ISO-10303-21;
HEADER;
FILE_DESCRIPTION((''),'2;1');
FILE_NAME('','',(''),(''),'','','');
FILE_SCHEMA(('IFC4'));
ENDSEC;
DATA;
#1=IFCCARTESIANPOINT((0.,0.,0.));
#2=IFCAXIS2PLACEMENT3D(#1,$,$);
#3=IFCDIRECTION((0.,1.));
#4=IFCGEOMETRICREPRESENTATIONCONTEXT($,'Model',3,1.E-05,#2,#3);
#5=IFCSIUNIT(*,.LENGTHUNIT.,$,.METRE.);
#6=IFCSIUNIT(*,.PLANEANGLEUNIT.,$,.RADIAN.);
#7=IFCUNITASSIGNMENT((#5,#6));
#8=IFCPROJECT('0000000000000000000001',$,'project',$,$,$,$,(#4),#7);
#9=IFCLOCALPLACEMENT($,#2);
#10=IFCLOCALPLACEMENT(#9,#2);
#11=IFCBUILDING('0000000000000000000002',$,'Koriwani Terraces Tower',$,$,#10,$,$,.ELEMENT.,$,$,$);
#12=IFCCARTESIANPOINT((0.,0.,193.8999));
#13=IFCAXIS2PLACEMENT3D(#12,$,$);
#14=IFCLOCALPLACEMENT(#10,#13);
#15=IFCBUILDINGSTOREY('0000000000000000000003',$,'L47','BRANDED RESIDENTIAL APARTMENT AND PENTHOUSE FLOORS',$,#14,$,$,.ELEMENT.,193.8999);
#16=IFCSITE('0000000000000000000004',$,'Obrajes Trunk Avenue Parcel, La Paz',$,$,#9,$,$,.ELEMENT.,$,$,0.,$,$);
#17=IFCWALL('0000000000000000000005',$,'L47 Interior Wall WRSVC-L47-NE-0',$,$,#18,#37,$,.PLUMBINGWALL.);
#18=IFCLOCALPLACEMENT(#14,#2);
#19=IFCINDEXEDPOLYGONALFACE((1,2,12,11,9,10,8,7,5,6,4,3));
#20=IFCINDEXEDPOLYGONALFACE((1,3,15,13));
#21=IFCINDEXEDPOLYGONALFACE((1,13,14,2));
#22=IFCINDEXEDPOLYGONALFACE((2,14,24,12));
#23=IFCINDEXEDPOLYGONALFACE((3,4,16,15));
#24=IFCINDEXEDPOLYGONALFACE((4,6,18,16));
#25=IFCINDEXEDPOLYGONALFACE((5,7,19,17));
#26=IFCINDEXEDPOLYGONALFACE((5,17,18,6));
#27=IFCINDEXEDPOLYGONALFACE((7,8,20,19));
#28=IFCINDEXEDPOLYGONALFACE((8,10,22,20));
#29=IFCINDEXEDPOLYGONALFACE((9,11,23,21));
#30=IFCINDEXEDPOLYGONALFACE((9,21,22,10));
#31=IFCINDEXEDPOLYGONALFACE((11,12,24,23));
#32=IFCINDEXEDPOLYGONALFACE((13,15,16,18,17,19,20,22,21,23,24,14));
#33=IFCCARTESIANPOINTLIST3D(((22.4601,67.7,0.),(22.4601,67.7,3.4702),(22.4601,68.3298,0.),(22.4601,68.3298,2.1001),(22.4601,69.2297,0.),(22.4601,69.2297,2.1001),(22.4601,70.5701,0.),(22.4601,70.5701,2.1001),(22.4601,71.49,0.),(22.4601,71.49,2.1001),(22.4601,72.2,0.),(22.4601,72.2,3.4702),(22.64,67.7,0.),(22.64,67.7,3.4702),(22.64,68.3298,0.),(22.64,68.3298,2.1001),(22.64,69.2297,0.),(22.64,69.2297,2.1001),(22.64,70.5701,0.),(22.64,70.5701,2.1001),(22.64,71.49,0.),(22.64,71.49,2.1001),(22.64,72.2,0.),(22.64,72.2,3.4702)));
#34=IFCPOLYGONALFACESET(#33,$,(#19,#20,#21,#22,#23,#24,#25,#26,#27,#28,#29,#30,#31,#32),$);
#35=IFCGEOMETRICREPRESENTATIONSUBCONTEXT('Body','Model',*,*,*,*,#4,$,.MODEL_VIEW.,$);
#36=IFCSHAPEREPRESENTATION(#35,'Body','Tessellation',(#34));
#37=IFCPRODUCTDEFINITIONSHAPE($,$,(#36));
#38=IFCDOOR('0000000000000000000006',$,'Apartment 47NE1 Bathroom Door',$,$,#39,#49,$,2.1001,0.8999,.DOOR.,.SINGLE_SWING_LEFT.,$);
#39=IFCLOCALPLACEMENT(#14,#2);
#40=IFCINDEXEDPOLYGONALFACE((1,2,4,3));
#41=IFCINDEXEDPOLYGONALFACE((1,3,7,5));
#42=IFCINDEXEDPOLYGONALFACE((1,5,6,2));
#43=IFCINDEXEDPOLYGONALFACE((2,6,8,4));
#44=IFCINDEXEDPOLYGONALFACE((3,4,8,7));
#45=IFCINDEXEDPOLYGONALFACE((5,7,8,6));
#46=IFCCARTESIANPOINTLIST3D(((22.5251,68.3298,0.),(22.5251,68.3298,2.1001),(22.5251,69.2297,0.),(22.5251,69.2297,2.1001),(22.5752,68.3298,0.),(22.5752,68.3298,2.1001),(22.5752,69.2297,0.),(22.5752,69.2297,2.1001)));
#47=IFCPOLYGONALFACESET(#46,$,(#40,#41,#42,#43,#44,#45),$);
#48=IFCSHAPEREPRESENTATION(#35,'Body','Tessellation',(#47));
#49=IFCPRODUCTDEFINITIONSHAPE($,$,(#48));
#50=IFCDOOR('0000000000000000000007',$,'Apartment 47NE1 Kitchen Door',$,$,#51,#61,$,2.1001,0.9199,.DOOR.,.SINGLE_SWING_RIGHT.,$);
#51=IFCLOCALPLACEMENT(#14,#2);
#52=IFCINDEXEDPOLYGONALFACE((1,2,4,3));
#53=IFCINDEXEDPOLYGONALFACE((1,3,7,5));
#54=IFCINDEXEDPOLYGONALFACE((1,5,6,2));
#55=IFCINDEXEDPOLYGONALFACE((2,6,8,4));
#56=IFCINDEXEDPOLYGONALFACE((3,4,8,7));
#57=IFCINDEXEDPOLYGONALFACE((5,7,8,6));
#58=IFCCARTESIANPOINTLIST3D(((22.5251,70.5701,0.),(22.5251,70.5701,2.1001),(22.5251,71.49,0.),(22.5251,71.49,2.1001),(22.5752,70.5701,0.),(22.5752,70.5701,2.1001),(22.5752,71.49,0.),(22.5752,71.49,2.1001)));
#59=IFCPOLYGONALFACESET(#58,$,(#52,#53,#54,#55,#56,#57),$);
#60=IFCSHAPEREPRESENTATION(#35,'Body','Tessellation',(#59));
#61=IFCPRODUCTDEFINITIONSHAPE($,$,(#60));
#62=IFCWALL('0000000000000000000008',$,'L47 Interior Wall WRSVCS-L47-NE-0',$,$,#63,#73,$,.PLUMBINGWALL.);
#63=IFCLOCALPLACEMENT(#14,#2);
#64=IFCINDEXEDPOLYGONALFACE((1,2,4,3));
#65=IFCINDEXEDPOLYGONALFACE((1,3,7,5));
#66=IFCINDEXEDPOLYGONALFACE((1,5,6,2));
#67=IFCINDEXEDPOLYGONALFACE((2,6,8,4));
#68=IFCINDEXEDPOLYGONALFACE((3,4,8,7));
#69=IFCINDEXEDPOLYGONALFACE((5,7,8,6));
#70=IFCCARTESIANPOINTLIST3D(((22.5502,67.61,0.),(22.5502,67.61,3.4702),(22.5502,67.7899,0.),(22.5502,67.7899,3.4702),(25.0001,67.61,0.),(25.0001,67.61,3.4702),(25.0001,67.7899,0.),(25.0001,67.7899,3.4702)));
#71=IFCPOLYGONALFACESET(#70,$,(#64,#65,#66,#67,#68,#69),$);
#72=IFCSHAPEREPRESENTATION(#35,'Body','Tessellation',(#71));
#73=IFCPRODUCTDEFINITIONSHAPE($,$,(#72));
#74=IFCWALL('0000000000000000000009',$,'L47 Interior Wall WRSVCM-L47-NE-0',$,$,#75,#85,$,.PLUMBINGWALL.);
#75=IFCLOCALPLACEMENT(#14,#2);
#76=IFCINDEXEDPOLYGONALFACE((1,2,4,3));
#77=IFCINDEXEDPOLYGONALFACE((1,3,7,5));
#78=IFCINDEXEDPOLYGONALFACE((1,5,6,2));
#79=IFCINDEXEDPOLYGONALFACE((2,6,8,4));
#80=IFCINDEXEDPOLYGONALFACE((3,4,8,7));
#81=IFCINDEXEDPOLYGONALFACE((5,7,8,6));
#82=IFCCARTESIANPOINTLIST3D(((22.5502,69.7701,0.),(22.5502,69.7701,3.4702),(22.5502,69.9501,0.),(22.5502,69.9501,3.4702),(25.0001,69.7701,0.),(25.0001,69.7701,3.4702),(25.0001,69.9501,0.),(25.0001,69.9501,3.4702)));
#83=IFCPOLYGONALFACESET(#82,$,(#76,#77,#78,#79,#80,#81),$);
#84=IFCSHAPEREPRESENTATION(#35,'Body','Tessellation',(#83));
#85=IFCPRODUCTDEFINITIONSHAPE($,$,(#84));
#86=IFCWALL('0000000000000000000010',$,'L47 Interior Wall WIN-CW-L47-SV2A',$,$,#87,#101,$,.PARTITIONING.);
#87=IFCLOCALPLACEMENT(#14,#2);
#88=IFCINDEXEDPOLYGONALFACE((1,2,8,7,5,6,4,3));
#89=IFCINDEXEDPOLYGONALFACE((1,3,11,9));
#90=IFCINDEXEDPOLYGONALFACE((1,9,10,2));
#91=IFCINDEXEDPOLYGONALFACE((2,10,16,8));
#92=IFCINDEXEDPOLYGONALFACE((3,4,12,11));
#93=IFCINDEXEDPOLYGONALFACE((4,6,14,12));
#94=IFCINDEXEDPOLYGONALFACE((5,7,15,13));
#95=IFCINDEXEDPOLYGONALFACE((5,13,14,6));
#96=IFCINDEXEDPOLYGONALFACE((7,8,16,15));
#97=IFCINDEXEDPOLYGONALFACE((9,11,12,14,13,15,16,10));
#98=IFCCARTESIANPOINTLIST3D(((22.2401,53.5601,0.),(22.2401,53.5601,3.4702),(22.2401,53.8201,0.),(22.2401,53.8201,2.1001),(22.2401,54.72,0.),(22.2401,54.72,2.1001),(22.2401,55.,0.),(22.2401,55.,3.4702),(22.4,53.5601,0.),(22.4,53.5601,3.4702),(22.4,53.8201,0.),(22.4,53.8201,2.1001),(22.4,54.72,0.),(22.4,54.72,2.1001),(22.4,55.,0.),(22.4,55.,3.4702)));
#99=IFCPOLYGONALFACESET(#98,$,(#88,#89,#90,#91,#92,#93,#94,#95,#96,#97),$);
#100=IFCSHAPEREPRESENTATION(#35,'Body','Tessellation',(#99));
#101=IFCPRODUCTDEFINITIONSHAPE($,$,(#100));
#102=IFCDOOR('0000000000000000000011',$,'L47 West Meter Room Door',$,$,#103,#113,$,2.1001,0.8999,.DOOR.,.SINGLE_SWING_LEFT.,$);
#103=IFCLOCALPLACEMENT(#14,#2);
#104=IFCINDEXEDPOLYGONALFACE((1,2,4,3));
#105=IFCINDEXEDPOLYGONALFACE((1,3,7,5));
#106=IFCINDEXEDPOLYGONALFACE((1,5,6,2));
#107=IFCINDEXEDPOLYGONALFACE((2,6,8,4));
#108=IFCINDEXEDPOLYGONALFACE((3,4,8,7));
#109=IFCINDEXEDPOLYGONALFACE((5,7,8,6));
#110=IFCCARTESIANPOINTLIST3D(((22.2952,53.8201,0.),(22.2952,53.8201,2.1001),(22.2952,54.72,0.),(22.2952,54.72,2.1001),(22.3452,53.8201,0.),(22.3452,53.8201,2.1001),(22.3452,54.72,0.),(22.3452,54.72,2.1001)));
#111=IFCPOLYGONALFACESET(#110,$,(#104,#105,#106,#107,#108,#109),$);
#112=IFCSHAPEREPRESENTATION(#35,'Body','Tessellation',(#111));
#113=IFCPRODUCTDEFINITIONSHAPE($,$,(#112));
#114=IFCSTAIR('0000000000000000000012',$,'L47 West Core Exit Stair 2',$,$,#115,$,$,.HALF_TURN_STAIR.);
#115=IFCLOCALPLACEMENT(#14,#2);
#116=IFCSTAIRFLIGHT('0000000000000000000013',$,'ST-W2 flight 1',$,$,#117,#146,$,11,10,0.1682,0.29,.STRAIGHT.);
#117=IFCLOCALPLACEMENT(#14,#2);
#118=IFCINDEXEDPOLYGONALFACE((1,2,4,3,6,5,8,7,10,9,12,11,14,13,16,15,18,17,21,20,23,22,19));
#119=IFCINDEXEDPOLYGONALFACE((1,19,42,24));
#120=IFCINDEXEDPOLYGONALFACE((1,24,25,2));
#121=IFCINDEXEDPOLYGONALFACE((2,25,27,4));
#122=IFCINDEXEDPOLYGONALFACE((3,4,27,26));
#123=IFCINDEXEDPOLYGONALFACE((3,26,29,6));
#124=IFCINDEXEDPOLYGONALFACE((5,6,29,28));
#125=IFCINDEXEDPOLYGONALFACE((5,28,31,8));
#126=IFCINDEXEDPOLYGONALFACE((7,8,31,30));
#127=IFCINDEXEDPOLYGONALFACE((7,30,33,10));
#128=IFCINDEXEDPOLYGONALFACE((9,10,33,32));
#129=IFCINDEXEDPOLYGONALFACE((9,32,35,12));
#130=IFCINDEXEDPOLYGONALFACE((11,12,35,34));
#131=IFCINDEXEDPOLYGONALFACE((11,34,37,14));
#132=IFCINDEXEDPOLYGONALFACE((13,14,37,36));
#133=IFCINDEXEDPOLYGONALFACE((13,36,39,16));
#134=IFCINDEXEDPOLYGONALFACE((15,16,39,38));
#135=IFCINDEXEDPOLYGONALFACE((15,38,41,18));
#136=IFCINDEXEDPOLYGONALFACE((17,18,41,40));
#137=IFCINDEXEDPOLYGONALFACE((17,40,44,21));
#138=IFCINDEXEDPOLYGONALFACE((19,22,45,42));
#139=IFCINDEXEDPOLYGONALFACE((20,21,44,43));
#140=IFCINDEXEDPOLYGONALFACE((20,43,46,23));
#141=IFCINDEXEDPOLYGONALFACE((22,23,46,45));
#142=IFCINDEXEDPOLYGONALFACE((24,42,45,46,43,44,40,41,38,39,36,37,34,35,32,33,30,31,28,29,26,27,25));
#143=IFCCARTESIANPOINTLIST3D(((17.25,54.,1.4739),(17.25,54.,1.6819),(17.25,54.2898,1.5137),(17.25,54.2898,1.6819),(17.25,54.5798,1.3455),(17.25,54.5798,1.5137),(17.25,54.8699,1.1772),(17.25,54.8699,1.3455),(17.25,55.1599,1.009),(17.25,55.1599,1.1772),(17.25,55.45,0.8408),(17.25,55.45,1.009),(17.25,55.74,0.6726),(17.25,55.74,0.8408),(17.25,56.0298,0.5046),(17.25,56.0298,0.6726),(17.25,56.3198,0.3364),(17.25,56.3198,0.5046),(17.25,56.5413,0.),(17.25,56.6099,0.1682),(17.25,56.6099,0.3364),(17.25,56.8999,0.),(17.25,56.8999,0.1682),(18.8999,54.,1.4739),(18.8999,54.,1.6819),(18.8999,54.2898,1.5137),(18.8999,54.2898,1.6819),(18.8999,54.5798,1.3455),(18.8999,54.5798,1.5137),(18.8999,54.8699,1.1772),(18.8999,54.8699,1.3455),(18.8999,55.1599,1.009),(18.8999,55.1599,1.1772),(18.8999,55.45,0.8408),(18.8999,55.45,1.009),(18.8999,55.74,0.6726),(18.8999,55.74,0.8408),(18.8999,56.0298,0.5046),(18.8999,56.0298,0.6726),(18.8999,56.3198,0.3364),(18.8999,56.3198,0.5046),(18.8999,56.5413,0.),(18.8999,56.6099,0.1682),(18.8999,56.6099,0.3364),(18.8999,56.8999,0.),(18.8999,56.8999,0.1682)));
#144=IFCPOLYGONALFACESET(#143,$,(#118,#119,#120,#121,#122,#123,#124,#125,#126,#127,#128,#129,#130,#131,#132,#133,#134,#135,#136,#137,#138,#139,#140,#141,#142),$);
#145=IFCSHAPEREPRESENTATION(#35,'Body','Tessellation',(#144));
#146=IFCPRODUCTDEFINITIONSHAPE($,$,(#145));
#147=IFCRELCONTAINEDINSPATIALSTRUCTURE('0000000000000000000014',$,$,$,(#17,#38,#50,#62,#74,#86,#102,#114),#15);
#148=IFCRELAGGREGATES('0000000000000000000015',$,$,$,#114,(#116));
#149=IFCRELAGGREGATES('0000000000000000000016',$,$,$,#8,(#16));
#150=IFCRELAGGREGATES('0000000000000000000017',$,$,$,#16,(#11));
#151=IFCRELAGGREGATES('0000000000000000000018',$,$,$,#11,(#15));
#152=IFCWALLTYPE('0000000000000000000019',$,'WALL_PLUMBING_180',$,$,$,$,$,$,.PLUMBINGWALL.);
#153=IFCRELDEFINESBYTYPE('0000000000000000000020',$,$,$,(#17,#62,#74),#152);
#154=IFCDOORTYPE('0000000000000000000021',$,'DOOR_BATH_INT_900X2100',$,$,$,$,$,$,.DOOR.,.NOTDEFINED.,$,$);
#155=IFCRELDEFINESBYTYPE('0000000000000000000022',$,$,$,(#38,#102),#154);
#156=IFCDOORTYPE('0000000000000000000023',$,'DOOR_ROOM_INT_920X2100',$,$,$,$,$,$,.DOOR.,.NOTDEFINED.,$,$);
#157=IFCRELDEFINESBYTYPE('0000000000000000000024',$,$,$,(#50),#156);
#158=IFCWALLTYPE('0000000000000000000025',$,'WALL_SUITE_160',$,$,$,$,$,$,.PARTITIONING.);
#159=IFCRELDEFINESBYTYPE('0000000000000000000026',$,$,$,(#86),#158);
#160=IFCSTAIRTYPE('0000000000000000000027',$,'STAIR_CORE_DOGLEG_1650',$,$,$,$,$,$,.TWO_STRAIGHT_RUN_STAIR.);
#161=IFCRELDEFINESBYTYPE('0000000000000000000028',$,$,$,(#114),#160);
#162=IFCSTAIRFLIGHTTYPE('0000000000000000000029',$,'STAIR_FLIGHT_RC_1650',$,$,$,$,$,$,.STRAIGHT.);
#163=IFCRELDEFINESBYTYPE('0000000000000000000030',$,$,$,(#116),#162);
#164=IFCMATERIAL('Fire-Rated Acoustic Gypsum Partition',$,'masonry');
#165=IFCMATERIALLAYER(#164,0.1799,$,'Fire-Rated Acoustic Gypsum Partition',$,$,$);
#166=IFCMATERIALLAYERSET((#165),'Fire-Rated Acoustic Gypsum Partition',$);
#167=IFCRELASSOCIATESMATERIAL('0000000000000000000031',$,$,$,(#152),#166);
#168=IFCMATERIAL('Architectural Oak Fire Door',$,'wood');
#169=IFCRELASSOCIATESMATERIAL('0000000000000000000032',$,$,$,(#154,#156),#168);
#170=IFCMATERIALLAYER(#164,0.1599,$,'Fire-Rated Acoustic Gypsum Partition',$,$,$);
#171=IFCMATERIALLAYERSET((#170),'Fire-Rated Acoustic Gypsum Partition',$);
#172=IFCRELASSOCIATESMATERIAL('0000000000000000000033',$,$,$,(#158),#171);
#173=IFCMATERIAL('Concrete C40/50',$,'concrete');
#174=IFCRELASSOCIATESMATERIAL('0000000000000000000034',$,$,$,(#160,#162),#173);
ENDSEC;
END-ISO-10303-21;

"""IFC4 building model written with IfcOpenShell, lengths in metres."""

from ifc_helpers import new_model, si_unit, direction, frame, frame_2d, origin, place, context, subcontext, project, spatial, polyline, rectangle, outline, extrude, material, layer, layer_set, type_object, element, fill, aggregate, save


model = new_model("IFC4")

# Units and contexts
model_context = context("Model", 3, precision=1e-05, world=origin(), true_north=direction((0.0, 1.0)))
body_context = subcontext(model_context, "Body", "Model", "MODEL_VIEW")
ifc_project = project(units=[si_unit("LENGTHUNIT", "METRE"), si_unit("PLANEANGLEUNIT", "RADIAN")], contexts=[model_context])

# Site, building, storey
site_placement = place(None, origin())
site = spatial("IfcSite", under=ifc_project, at=site_placement, Name="Obrajes Trunk Avenue Parcel, La Paz", CompositionType="ELEMENT", RefElevation=0.0)
building_placement = place(site_placement, origin())
building = spatial("IfcBuilding", under=site, at=building_placement, Name="Koriwani Terraces Tower", CompositionType="ELEMENT")
storey_placement = place(building_placement, frame((0.0, 0.0, 193.8999)))
storey = spatial("IfcBuildingStorey", under=building, at=storey_placement, Name="L47", Description="BRANDED RESIDENTIAL APARTMENT AND PENTHOUSE FLOORS", CompositionType="ELEMENT", Elevation=193.8999)

# Shared definitions
ifc_material_1 = material(Name="Concrete C40/50", Category="concrete")

# Shared definitions
ifc_material_2 = material(Name="Architectural Oak Fire Door", Category="wood")

# Wall, openings, doors
ifc_material_3 = material(Name="Fire-Rated Acoustic Gypsum Partition", Category="masonry")
ifc_layer_1 = layer(ifc_material_3, 0.1799, Name="Fire-Rated Acoustic Gypsum Partition")
ifc_layer_set_1 = layer_set([ifc_layer_1], Name="Fire-Rated Acoustic Gypsum Partition")
wall_type_1 = type_object("IfcWallType", Name="WALL_PLUMBING_180", PredefinedType="PLUMBINGWALL", material=ifc_layer_set_1)
wall_1_placement = place(storey_placement, frame((22.55, 67.7, 0.0), z_axis=(0.0, 0.0, 1.0), x_axis=(0.0, 1.0, 0.0)))
wall_1 = element("IfcWall", 1, at=wall_1_placement, inside=storey, type_object=wall_type_1, Name="L47 Interior Wall WRSVC-L47-NE-0", PredefinedType="PLUMBINGWALL", context=body_context, shape_type="SweptSolid", body=[
    extrude(rectangle(XDim=4.5, YDim=0.1799, at=frame_2d((2.25, 0.0))), origin(), (0.0, 0.0, 1.0), 3.4702),
])
opening_1_placement = place(wall_1_placement, frame((0.6299, 0.0, 0.0)))
opening_1 = element("IfcOpeningElement", 2, at=opening_1_placement, cuts=wall_1, PredefinedType="OPENING", context=body_context, shape_type="SweptSolid", body=[
    extrude(rectangle(XDim=0.8999, YDim=2.1001, at=frame_2d((0.45, 1.05))), frame((0.0, 0.1001, 0.0), z_axis=(0.0, -1.0, 0.0), x_axis=(1.0, 0.0, 0.0)), (0.0, 0.0, 1.0), 0.2),
])
opening_2_placement = place(wall_1_placement, frame((2.8701, 0.0, 0.0)))
opening_2 = element("IfcOpeningElement", 3, at=opening_2_placement, cuts=wall_1, PredefinedType="OPENING", context=body_context, shape_type="SweptSolid", body=[
    extrude(rectangle(XDim=0.9199, YDim=2.1001, at=frame_2d((0.46, 1.05))), frame((0.0, 0.1001, 0.0), z_axis=(0.0, -1.0, 0.0), x_axis=(1.0, 0.0, 0.0)), (0.0, 0.0, 1.0), 0.2),
])
door_type_1 = type_object("IfcDoorType", Name="DOOR_BATH_INT_900X2100", OperationType="NOTDEFINED", PredefinedType="DOOR", material=ifc_material_2)
door_1_placement = place(opening_1_placement, origin())
door_1 = element("IfcDoor", 4, at=door_1_placement, inside=storey, type_object=door_type_1, Name="Apartment 47NE1 Bathroom Door", OperationType="SINGLE_SWING_LEFT", OverallHeight=2.1001, OverallWidth=0.8999, PredefinedType="DOOR", context=body_context, shape_type="SweptSolid", body=[
    extrude(rectangle(XDim=0.8999, YDim=2.1001, at=frame_2d((0.45, 1.05))), frame((0.0, 0.0249, 0.0), z_axis=(0.0, -1.0, 0.0), x_axis=(1.0, 0.0, 0.0)), (0.0, 0.0, 1.0), 0.05),
])
fill(opening_1, door_1)
door_type_2 = type_object("IfcDoorType", Name="DOOR_ROOM_INT_920X2100", OperationType="NOTDEFINED", PredefinedType="DOOR", material=ifc_material_2)
door_2_placement = place(opening_2_placement, origin())
door_2 = element("IfcDoor", 5, at=door_2_placement, inside=storey, type_object=door_type_2, Name="Apartment 47NE1 Kitchen Door", OperationType="SINGLE_SWING_RIGHT", OverallHeight=2.1001, OverallWidth=0.9199, PredefinedType="DOOR", context=body_context, shape_type="SweptSolid", body=[
    extrude(rectangle(XDim=0.9199, YDim=2.1001, at=frame_2d((0.46, 1.05))), frame((0.0, 0.0249, 0.0), z_axis=(0.0, -1.0, 0.0), x_axis=(1.0, 0.0, 0.0)), (0.0, 0.0, 1.0), 0.05),
])
fill(opening_2, door_2)

# Walls
for number, where, z_axis, x_axis, name in (
    (6, (22.55, 67.7, 0.0), (0.0, 0.0, 1.0), (1.0, 0.0, 0.0), "L47 Interior Wall WRSVCS-L47-NE-0"),
    (7, (22.55, 69.8601, 0.0), (0.0, 0.0, 1.0), (1.0, 0.0, 0.0), "L47 Interior Wall WRSVCM-L47-NE-0"),
):
    element("IfcWall", number, at=place(storey_placement, frame(where, z_axis=z_axis, x_axis=x_axis)), inside=storey, type_object=wall_type_1, Name=name, PredefinedType="PLUMBINGWALL", context=body_context, shape_type="SweptSolid", body=[
        extrude(rectangle(XDim=2.45, YDim=0.1799, at=frame_2d((1.2251, 0.0))), origin(), (0.0, 0.0, 1.0), 3.4702),
    ])

# Wall, opening, door
ifc_layer_2 = layer(ifc_material_3, 0.1599, Name="Fire-Rated Acoustic Gypsum Partition")
ifc_layer_set_2 = layer_set([ifc_layer_2], Name="Fire-Rated Acoustic Gypsum Partition")
wall_type_2 = type_object("IfcWallType", Name="WALL_SUITE_160", PredefinedType="PARTITIONING", material=ifc_layer_set_2)
wall_2_placement = place(storey_placement, frame((22.3201, 53.5601, 0.0), z_axis=(0.0, 0.0, 1.0), x_axis=(0.0, 1.0, 0.0)))
wall_2 = element("IfcWall", 8, at=wall_2_placement, inside=storey, type_object=wall_type_2, Name="L47 Interior Wall WIN-CW-L47-SV2A", PredefinedType="PARTITIONING", context=body_context, shape_type="SweptSolid", body=[
    extrude(rectangle(XDim=1.4399, YDim=0.1599, at=frame_2d((0.72, 0.0))), origin(), (0.0, 0.0, 1.0), 3.4702),
])
opening_3_placement = place(wall_2_placement, frame((0.26, 0.0, 0.0)))
opening_3 = element("IfcOpeningElement", 9, at=opening_3_placement, cuts=wall_2, PredefinedType="OPENING", context=body_context, shape_type="SweptSolid", body=[
    extrude(rectangle(XDim=0.8999, YDim=2.1001, at=frame_2d((0.45, 1.05))), frame((0.0, 0.0898, 0.0), z_axis=(0.0, -1.0, 0.0), x_axis=(1.0, 0.0, 0.0)), (0.0, 0.0, 1.0), 0.1799),
])
door_3_placement = place(opening_3_placement, origin())
door_3 = element("IfcDoor", 10, at=door_3_placement, inside=storey, type_object=door_type_1, Name="L47 West Meter Room Door", OperationType="SINGLE_SWING_LEFT", OverallHeight=2.1001, OverallWidth=0.8999, PredefinedType="DOOR", context=body_context, shape_type="SweptSolid", body=[
    extrude(rectangle(XDim=0.8999, YDim=2.1001, at=frame_2d((0.45, 1.05))), frame((0.0, 0.0249, 0.0), z_axis=(0.0, -1.0, 0.0), x_axis=(1.0, 0.0, 0.0)), (0.0, 0.0, 1.0), 0.05),
])
fill(opening_3, door_3)

# Stair, stair flight
stair_type = type_object("IfcStairType", Name="STAIR_CORE_DOGLEG_1650", PredefinedType="TWO_STRAIGHT_RUN_STAIR", material=ifc_material_1)
stair_placement = place(storey_placement, origin())
stair = element("IfcStair", 11, at=stair_placement, inside=storey, type_object=stair_type, Name="L47 West Core Exit Stair 2", PredefinedType="HALF_TURN_STAIR")
stair_flight_type = type_object("IfcStairFlightType", Name="STAIR_FLIGHT_RC_1650", PredefinedType="STRAIGHT", material=ifc_material_1)
stair_flight_1_placement = place(storey_placement, frame((18.075, 56.8999, 0.0), z_axis=(0.0, 0.0, 1.0), x_axis=(0.0, -1.0, 0.0)))
stair_flight_1 = element("IfcStairFlight", 12, at=stair_flight_1_placement, type_object=stair_flight_type, Name="ST-W2 flight 1", NumberOfRisers=11, NumberOfTreads=10, PredefinedType="STRAIGHT", RiserHeight=0.1682, TreadLength=0.29, context=body_context, shape_type="SweptSolid", body=[
    extrude(outline(polyline([(0.0, 0.0), (0.0, 0.1682), (0.29, 0.1682), (0.29, 0.3364), (0.5801, 0.3364), (0.5801, 0.5046), (0.8701, 0.5046), (0.8701, 0.6726), (1.1599, 0.6726), (1.1599, 0.8408), (1.45, 0.8408), (1.45, 1.009), (1.74, 1.009), (1.74, 1.1772), (2.03, 1.1772), (2.03, 1.3455), (2.3201, 1.3455), (2.3201, 1.5137), (2.6101, 1.5137), (2.6101, 1.6819), (2.8999, 1.6819), (2.8999, 1.8501), (2.8999, 1.4739), (0.3586, 0.0), (0.0, 0.0)])), frame((0.0, 0.825, 0.0), z_axis=(0.0, -1.0, 0.0), x_axis=(1.0, 0.0, 0.0)), (0.0, 0.0, 1.0), 1.6499),
])
aggregate(stair, [stair_flight_1])

save(model, "model.ifc")
